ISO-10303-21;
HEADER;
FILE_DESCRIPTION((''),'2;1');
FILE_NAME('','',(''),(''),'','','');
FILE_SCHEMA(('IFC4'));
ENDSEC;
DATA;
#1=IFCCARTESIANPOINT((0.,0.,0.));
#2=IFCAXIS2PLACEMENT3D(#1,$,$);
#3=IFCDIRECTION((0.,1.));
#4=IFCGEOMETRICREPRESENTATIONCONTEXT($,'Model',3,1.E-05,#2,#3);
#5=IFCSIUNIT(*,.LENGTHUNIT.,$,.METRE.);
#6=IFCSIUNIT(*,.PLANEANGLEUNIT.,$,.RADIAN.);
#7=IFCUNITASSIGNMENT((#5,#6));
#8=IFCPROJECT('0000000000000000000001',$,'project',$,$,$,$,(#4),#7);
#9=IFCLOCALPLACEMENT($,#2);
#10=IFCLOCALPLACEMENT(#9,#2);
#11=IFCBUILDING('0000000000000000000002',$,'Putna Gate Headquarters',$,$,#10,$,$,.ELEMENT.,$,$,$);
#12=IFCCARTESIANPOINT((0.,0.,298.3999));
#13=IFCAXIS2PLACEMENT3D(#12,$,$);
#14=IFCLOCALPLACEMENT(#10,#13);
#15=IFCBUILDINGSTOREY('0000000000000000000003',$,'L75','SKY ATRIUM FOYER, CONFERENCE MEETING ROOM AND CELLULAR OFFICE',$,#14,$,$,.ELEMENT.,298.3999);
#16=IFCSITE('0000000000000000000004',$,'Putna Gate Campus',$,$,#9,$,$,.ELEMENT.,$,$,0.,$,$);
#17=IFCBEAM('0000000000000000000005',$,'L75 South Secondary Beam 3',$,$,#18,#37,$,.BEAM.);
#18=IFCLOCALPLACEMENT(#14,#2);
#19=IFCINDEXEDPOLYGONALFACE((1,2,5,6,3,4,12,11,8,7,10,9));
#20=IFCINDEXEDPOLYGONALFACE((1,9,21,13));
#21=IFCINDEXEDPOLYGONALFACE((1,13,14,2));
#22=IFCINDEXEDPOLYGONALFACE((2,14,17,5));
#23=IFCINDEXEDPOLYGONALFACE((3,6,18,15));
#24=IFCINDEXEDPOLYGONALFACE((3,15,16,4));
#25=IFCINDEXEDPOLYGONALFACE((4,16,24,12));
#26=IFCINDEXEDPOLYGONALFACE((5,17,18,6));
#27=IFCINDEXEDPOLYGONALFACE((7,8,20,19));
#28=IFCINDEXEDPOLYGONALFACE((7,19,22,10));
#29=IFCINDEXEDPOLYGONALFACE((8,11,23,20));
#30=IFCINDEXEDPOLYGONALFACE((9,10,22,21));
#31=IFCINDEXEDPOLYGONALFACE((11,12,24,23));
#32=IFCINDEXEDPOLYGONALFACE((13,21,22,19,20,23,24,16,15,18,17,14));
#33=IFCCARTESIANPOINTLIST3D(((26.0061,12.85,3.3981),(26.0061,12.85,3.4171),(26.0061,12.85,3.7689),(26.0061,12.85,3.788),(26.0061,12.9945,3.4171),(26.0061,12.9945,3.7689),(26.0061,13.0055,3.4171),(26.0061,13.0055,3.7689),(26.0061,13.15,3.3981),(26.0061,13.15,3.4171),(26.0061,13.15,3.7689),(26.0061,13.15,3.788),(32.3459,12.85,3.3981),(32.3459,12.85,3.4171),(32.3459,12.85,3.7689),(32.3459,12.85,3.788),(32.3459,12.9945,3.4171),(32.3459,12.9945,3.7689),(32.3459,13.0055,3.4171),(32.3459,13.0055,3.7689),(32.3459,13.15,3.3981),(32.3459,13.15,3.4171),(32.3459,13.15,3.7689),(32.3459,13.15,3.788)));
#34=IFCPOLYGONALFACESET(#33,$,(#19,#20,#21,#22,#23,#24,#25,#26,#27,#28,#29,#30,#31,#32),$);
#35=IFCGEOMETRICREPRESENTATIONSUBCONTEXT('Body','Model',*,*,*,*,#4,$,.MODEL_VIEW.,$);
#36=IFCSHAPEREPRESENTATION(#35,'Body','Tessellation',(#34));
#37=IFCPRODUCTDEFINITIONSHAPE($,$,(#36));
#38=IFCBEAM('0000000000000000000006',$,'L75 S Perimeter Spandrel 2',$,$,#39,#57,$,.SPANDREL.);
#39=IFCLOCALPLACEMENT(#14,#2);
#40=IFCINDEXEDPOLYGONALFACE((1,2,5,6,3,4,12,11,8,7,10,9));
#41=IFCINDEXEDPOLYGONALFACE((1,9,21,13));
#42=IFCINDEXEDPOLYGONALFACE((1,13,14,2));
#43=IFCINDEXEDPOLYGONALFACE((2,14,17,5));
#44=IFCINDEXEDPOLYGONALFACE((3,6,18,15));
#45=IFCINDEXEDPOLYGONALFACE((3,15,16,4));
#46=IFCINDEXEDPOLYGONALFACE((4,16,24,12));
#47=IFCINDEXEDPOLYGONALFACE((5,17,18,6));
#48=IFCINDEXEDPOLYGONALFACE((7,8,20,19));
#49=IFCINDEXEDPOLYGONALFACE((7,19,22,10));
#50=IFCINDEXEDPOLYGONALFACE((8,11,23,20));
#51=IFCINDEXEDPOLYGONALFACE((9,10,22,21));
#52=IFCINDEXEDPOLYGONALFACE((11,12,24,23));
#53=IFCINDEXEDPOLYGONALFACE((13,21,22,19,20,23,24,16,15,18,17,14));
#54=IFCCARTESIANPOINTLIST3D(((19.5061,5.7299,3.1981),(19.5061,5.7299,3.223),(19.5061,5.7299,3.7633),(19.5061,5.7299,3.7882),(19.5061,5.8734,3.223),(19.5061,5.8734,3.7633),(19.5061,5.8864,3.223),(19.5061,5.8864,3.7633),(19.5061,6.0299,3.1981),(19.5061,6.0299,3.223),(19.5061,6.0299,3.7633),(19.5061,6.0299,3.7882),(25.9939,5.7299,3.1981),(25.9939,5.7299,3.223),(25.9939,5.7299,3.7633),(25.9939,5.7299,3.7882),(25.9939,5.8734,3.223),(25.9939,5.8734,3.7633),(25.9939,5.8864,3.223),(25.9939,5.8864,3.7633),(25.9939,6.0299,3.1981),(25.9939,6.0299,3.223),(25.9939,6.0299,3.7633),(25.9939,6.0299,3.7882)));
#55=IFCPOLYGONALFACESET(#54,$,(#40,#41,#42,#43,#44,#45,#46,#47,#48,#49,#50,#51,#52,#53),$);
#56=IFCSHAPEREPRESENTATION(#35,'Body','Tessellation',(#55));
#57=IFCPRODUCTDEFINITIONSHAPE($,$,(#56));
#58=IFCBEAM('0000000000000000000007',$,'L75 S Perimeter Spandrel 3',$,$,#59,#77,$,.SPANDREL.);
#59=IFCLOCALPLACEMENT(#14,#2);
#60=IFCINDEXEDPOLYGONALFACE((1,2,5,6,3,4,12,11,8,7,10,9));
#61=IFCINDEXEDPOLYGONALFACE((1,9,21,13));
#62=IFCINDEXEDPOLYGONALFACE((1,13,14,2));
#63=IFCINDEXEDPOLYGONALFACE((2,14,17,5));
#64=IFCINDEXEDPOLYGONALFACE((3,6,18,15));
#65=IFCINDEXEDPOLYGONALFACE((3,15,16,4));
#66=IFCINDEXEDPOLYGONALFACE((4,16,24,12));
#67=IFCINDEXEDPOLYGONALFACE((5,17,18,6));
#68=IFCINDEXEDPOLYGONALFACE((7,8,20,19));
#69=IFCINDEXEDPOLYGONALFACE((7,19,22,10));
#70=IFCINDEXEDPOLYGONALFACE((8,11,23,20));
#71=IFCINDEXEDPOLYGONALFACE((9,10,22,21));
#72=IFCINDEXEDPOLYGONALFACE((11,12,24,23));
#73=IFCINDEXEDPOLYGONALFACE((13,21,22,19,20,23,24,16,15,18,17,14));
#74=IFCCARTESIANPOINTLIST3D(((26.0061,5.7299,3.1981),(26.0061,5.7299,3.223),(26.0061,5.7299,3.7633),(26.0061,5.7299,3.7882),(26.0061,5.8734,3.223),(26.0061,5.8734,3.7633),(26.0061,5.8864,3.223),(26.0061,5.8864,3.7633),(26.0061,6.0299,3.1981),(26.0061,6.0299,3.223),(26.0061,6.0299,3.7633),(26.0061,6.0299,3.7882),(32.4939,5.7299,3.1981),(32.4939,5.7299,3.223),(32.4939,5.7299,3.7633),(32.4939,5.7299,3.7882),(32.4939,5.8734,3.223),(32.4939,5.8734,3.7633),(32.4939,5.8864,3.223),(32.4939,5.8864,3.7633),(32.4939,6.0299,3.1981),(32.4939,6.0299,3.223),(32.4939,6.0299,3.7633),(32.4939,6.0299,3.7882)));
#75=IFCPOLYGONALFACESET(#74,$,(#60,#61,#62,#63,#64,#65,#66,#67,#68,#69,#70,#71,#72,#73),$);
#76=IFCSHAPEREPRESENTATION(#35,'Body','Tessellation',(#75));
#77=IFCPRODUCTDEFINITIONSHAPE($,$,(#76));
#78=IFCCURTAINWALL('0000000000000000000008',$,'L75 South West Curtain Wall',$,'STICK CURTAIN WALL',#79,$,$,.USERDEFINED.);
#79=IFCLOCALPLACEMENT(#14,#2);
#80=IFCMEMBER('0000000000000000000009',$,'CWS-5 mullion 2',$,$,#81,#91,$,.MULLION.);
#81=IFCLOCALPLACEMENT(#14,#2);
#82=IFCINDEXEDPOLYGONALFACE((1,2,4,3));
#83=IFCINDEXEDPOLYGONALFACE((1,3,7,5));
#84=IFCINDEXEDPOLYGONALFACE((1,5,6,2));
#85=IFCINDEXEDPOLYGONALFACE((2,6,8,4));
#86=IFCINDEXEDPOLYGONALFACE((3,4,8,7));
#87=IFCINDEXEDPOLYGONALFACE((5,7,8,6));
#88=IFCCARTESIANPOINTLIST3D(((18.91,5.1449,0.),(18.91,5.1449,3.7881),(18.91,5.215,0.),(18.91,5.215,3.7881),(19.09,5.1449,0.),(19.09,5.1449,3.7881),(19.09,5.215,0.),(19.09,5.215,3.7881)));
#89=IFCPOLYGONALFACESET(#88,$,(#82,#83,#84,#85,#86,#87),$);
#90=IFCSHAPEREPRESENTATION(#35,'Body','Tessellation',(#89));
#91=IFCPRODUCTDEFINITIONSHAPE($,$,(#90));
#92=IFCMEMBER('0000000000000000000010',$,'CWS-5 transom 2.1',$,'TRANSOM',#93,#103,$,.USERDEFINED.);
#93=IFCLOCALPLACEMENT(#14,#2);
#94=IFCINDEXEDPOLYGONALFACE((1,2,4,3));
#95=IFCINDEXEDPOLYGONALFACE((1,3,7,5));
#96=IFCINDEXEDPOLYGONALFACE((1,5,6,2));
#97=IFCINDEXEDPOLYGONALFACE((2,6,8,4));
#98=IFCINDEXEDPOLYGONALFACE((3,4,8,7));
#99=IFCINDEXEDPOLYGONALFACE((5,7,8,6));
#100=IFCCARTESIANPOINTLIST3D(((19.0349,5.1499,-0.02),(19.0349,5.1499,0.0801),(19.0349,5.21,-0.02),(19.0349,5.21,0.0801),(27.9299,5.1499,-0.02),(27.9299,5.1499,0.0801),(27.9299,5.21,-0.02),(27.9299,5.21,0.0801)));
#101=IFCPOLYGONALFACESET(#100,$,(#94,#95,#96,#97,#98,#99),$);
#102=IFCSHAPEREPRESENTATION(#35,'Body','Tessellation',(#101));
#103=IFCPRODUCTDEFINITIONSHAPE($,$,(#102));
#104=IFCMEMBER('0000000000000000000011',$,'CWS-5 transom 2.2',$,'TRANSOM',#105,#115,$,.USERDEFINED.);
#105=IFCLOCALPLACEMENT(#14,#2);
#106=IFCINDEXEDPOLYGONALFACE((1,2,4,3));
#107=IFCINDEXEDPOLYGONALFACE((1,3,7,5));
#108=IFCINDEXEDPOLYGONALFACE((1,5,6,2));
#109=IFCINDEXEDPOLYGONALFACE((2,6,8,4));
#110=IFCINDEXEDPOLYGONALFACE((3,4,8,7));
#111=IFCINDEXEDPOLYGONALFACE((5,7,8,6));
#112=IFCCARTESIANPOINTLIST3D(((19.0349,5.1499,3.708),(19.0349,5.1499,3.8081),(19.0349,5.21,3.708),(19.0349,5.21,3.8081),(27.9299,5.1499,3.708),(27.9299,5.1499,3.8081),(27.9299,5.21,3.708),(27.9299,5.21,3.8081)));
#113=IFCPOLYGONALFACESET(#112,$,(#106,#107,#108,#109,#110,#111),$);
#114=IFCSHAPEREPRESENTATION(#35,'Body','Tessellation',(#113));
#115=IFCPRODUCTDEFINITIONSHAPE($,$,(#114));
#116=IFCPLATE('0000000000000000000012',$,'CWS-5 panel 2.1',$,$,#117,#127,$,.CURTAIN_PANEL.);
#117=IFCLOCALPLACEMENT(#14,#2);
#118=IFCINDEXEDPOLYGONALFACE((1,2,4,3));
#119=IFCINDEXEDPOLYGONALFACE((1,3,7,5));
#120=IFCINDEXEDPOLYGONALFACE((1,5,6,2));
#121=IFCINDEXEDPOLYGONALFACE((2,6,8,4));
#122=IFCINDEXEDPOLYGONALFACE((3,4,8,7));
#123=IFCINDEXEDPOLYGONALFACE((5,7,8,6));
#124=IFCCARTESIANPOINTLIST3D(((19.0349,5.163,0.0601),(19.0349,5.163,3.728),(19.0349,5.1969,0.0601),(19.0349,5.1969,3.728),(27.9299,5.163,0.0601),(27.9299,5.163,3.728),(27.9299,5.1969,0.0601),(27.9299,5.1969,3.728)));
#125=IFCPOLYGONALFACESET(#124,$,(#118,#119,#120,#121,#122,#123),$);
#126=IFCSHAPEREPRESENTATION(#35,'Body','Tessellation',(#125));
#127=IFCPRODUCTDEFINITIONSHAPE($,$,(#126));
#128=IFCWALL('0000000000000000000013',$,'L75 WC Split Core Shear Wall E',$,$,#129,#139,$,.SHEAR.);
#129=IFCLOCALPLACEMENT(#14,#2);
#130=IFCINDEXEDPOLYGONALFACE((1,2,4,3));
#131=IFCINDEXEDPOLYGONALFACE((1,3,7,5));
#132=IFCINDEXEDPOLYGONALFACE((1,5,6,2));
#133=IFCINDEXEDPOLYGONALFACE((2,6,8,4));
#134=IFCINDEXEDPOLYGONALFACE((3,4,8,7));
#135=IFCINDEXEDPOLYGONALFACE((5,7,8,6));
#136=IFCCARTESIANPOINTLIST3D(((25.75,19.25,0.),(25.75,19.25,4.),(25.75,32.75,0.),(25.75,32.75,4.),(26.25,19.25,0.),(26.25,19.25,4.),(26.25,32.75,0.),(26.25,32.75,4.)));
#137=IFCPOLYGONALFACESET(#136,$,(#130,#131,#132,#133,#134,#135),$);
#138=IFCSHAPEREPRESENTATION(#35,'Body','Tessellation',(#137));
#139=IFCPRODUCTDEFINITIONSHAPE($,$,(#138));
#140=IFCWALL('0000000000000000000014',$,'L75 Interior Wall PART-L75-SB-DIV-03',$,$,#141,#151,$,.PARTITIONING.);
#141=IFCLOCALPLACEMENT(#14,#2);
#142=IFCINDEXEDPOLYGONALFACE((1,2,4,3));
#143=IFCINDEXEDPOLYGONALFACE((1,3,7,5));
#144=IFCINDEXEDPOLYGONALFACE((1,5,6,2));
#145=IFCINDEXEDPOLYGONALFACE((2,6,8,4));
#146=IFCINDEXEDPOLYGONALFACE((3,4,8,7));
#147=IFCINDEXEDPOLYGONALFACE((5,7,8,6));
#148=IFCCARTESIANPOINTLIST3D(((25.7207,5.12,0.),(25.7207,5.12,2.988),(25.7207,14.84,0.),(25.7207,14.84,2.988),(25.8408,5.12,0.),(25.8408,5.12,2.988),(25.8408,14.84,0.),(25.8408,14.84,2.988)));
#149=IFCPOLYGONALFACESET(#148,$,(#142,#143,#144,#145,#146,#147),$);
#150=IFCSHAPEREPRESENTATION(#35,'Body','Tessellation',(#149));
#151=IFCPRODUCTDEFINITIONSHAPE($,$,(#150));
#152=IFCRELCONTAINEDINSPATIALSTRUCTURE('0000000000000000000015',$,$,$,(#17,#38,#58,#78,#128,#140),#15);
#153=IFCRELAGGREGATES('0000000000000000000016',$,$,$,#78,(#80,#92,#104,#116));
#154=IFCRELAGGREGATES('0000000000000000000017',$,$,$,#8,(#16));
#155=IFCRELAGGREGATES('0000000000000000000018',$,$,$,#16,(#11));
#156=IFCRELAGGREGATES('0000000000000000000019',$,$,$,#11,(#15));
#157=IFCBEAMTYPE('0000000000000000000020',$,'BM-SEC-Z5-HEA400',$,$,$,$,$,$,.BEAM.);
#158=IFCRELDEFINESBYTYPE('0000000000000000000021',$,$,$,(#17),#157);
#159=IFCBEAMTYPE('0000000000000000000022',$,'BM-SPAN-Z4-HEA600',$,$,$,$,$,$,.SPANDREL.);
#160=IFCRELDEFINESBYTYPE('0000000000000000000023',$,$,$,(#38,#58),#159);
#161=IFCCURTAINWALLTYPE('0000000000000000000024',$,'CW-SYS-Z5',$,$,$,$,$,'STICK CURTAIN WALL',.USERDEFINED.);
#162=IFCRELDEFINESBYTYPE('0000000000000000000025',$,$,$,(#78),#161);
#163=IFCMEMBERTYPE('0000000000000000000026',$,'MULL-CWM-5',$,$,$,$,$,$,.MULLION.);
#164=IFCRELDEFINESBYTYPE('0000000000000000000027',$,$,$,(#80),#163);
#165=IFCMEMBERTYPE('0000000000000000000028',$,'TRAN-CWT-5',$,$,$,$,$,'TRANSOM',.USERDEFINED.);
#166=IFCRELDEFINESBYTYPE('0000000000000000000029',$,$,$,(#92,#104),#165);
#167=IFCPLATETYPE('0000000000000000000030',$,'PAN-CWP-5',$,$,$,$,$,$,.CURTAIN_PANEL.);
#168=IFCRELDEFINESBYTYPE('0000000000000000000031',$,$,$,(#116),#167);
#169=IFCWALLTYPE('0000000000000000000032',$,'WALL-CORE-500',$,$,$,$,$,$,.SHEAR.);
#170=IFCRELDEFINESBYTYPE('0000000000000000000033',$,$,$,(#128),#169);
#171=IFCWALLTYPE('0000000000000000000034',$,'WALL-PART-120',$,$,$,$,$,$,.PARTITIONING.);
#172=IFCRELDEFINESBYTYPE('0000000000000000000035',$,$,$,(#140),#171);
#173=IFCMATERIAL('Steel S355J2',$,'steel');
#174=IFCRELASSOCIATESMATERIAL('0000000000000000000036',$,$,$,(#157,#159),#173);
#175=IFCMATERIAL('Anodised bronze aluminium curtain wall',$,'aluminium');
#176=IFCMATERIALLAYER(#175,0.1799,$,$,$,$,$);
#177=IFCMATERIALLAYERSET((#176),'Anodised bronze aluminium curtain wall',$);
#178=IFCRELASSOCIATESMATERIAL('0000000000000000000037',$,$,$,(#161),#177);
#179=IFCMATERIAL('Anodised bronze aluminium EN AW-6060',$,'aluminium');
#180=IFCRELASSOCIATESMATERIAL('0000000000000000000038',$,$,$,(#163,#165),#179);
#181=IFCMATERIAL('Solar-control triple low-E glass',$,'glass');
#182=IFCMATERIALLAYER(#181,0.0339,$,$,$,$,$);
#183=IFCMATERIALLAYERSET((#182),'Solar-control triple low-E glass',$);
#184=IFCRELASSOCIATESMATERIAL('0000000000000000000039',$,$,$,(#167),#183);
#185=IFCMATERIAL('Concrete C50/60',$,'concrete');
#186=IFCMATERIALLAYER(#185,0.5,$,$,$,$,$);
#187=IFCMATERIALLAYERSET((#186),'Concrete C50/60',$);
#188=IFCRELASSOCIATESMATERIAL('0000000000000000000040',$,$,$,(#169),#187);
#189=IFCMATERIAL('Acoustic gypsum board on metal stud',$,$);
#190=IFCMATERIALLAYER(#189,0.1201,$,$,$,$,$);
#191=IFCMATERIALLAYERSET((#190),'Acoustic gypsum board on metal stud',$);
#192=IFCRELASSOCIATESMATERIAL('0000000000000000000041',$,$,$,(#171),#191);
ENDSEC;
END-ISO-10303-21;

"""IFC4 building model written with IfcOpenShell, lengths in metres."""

from ifc_helpers import new_model, si_unit, direction, frame, frame_2d, origin, origin_2d, place, context, subcontext, project, spatial, rectangle, i_section, extrude, material, layer, layer_set, material_profile, profile_set, type_object, element, aggregate, save


model = new_model("IFC4")

# Units and contexts
model_context = context("Model", 3, precision=1e-05, world=origin(), true_north=direction((0.0, 1.0)))
body_context = subcontext(model_context, "Body", "Model", "MODEL_VIEW")
ifc_project = project(units=[si_unit("LENGTHUNIT", "METRE"), si_unit("PLANEANGLEUNIT", "RADIAN")], contexts=[model_context])

# Site, building, storey
site_placement = place(None, origin())
site = spatial("IfcSite", under=ifc_project, at=site_placement, Name="Putna Gate Campus", CompositionType="ELEMENT", RefElevation=0.0)
building_placement = place(site_placement, origin())
building = spatial("IfcBuilding", under=site, at=building_placement, Name="Putna Gate Headquarters", CompositionType="ELEMENT")
storey_placement = place(building_placement, frame((0.0, 0.0, 298.3999)))
storey = spatial("IfcBuildingStorey", under=building, at=storey_placement, Name="L75", Description="SKY ATRIUM FOYER, CONFERENCE MEETING ROOM AND CELLULAR OFFICE", CompositionType="ELEMENT", Elevation=298.3999)

# Beams
ifc_material_1 = material(Name="Steel S355J2", Category="steel")
ifc_material_profile_1 = material_profile(ifc_material_1, i_section(OverallWidth=0.3, OverallDepth=0.3899, WebThickness=0.011, FlangeThickness=0.019, at=origin_2d()), Name="Steel S355J2")
ifc_profile_set_1 = profile_set([ifc_material_profile_1], Name="Steel S355J2")
beam_type_1 = type_object("IfcBeamType", Name="BM-SEC-Z5-HEA400", PredefinedType="BEAM", material=ifc_profile_set_1)
for number, where, z_axis, x_axis, name in (
    (1, (26.0061, 13.0, 3.593), (1.0, 0.0, 0.0), (0.0, 1.0, 0.0), "L75 South Secondary Beam 3"),
):
    element("IfcBeam", number, at=place(storey_placement, frame(where, z_axis=z_axis, x_axis=x_axis)), inside=storey, type_object=beam_type_1, Name=name, PredefinedType="BEAM", context=body_context, shape_type="SweptSolid", body=[
        extrude(i_section(OverallWidth=0.3, OverallDepth=0.3899, WebThickness=0.011, FlangeThickness=0.019, at=origin_2d()), origin(), (0.0, 0.0, 1.0), 6.3398),
    ])
ifc_material_profile_2 = material_profile(ifc_material_1, i_section(OverallWidth=0.3, OverallDepth=0.5901, WebThickness=0.0129, FlangeThickness=0.0249, at=origin_2d()), Name="Steel S355J2")
ifc_profile_set_2 = profile_set([ifc_material_profile_2], Name="Steel S355J2")
beam_type_2 = type_object("IfcBeamType", Name="BM-SPAN-Z4-HEA600", PredefinedType="SPANDREL", material=ifc_profile_set_2)
for number, where, z_axis, x_axis, name in (
    (2, (19.5061, 5.8799, 3.4932), (1.0, 0.0, 0.0), (0.0, 1.0, 0.0), "L75 S Perimeter Spandrel 2"),
    (3, (26.0061, 5.8799, 3.4932), (1.0, 0.0, 0.0), (0.0, 1.0, 0.0), "L75 S Perimeter Spandrel 3"),
):
    element("IfcBeam", number, at=place(storey_placement, frame(where, z_axis=z_axis, x_axis=x_axis)), inside=storey, type_object=beam_type_2, Name=name, PredefinedType="SPANDREL", context=body_context, shape_type="SweptSolid", body=[
        extrude(i_section(OverallWidth=0.3, OverallDepth=0.5901, WebThickness=0.0129, FlangeThickness=0.0249, at=origin_2d()), origin(), (0.0, 0.0, 1.0), 6.4878),
    ])

# Curtain wall, members, plate
ifc_material_2 = material(Name="Anodised bronze aluminium curtain wall", Category="aluminium")
ifc_layer_1 = layer(ifc_material_2, 0.1799)
ifc_layer_set_1 = layer_set([ifc_layer_1], Name="Anodised bronze aluminium curtain wall")
curtain_wall_type = type_object("IfcCurtainWallType", Name="CW-SYS-Z5", ElementType="STICK CURTAIN WALL", PredefinedType="USERDEFINED", material=ifc_layer_set_1)
curtain_wall_placement = place(storey_placement, origin())
curtain_wall = element("IfcCurtainWall", 4, at=curtain_wall_placement, inside=storey, type_object=curtain_wall_type, Name="L75 South West Curtain Wall", ObjectType="STICK CURTAIN WALL", PredefinedType="USERDEFINED")
ifc_material_3 = material(Name="Anodised bronze aluminium EN AW-6060", Category="aluminium")
ifc_material_profile_3 = material_profile(ifc_material_3, rectangle(XDim=0.0701, YDim=0.1799, at=origin_2d()), Name="Anodised bronze aluminium EN AW-6060")
ifc_profile_set_3 = profile_set([ifc_material_profile_3], Name="Anodised bronze aluminium EN AW-6060")
member_type_1 = type_object("IfcMemberType", Name="MULL-CWM-5", PredefinedType="MULLION", material=ifc_profile_set_3)
member_1_placement = place(storey_placement, frame((19.0, 5.1799, 0.0), z_axis=(0.0, 0.0, 1.0), x_axis=(0.0, 1.0, 0.0)))
member_1 = element("IfcMember", 5, at=member_1_placement, type_object=member_type_1, Name="CWS-5 mullion 2", PredefinedType="MULLION", context=body_context, shape_type="SweptSolid", body=[
    extrude(rectangle(XDim=0.0701, YDim=0.1799, at=origin_2d()), origin(), (0.0, 0.0, 1.0), 3.7881),
])
ifc_material_profile_4 = material_profile(ifc_material_3, rectangle(XDim=0.0601, YDim=0.1001, at=origin_2d()), Name="Anodised bronze aluminium EN AW-6060")
ifc_profile_set_4 = profile_set([ifc_material_profile_4], Name="Anodised bronze aluminium EN AW-6060")
member_type_2 = type_object("IfcMemberType", Name="TRAN-CWT-5", ElementType="TRANSOM", PredefinedType="USERDEFINED", material=ifc_profile_set_4)
member_2_placement = place(storey_placement, frame((19.0349, 5.1799, 0.03), z_axis=(1.0, 0.0, 0.0), x_axis=(0.0, 1.0, 0.0)))
member_2 = element("IfcMember", 6, at=member_2_placement, type_object=member_type_2, Name="CWS-5 transom 2.1", ObjectType="TRANSOM", PredefinedType="USERDEFINED", context=body_context, shape_type="SweptSolid", body=[
    extrude(rectangle(XDim=0.0601, YDim=0.1001, at=origin_2d()), origin(), (0.0, 0.0, 1.0), 8.895),
])
member_3_placement = place(storey_placement, frame((19.0349, 5.1799, 3.7581), z_axis=(1.0, 0.0, 0.0), x_axis=(0.0, 1.0, 0.0)))
member_3 = element("IfcMember", 7, at=member_3_placement, type_object=member_type_2, Name="CWS-5 transom 2.2", ObjectType="TRANSOM", PredefinedType="USERDEFINED", context=body_context, shape_type="SweptSolid", body=[
    extrude(rectangle(XDim=0.0601, YDim=0.1001, at=origin_2d()), origin(), (0.0, 0.0, 1.0), 8.895),
])
ifc_material_4 = material(Name="Solar-control triple low-E glass", Category="glass")
ifc_layer_2 = layer(ifc_material_4, 0.0339)
ifc_layer_set_2 = layer_set([ifc_layer_2], Name="Solar-control triple low-E glass")
plate_type = type_object("IfcPlateType", Name="PAN-CWP-5", PredefinedType="CURTAIN_PANEL", material=ifc_layer_set_2)
plate_placement = place(storey_placement, frame((23.4824, 5.1799, 0.0601), z_axis=(0.0, 0.0, 1.0), x_axis=(1.0, 0.0, 0.0)))
plate = element("IfcPlate", 8, at=plate_placement, type_object=plate_type, Name="CWS-5 panel 2.1", PredefinedType="CURTAIN_PANEL", context=body_context, shape_type="SweptSolid", body=[
    extrude(rectangle(XDim=8.895, YDim=0.0339, at=origin_2d()), origin(), (0.0, 0.0, 1.0), 3.668),
])
aggregate(curtain_wall, [member_1, member_2, member_3, plate])

# Walls
ifc_material_5 = material(Name="Concrete C50/60", Category="concrete")
ifc_layer_3 = layer(ifc_material_5, 0.5)
ifc_layer_set_3 = layer_set([ifc_layer_3], Name="Concrete C50/60")
wall_type_1 = type_object("IfcWallType", Name="WALL-CORE-500", PredefinedType="SHEAR", material=ifc_layer_set_3)
wall_1_placement = place(storey_placement, frame((26.0, 19.25, 0.0), z_axis=(0.0, 0.0, 1.0), x_axis=(0.0, 1.0, 0.0)))
element("IfcWall", 9, at=wall_1_placement, inside=storey, type_object=wall_type_1, Name="L75 WC Split Core Shear Wall E", PredefinedType="SHEAR", context=body_context, shape_type="SweptSolid", body=[
    extrude(rectangle(XDim=13.5, YDim=0.5, at=frame_2d((6.75, 0.0))), origin(), (0.0, 0.0, 1.0), 4.0),
])
ifc_material_6 = material(Name="Acoustic gypsum board on metal stud")
ifc_layer_4 = layer(ifc_material_6, 0.1201)
ifc_layer_set_4 = layer_set([ifc_layer_4], Name="Acoustic gypsum board on metal stud")
wall_type_2 = type_object("IfcWallType", Name="WALL-PART-120", PredefinedType="PARTITIONING", material=ifc_layer_set_4)
wall_2_placement = place(storey_placement, frame((25.7808, 5.1201, 0.0), z_axis=(0.0, 0.0, 1.0), x_axis=(0.0, 1.0, 0.0)))
element("IfcWall", 10, at=wall_2_placement, inside=storey, type_object=wall_type_2, Name="L75 Interior Wall PART-L75-SB-DIV-03", PredefinedType="PARTITIONING", context=body_context, shape_type="SweptSolid", body=[
    extrude(rectangle(XDim=9.72, YDim=0.1201, at=frame_2d((4.8599, 0.0))), origin(), (0.0, 0.0, 1.0), 2.988),
])

save(model, "model.ifc")
